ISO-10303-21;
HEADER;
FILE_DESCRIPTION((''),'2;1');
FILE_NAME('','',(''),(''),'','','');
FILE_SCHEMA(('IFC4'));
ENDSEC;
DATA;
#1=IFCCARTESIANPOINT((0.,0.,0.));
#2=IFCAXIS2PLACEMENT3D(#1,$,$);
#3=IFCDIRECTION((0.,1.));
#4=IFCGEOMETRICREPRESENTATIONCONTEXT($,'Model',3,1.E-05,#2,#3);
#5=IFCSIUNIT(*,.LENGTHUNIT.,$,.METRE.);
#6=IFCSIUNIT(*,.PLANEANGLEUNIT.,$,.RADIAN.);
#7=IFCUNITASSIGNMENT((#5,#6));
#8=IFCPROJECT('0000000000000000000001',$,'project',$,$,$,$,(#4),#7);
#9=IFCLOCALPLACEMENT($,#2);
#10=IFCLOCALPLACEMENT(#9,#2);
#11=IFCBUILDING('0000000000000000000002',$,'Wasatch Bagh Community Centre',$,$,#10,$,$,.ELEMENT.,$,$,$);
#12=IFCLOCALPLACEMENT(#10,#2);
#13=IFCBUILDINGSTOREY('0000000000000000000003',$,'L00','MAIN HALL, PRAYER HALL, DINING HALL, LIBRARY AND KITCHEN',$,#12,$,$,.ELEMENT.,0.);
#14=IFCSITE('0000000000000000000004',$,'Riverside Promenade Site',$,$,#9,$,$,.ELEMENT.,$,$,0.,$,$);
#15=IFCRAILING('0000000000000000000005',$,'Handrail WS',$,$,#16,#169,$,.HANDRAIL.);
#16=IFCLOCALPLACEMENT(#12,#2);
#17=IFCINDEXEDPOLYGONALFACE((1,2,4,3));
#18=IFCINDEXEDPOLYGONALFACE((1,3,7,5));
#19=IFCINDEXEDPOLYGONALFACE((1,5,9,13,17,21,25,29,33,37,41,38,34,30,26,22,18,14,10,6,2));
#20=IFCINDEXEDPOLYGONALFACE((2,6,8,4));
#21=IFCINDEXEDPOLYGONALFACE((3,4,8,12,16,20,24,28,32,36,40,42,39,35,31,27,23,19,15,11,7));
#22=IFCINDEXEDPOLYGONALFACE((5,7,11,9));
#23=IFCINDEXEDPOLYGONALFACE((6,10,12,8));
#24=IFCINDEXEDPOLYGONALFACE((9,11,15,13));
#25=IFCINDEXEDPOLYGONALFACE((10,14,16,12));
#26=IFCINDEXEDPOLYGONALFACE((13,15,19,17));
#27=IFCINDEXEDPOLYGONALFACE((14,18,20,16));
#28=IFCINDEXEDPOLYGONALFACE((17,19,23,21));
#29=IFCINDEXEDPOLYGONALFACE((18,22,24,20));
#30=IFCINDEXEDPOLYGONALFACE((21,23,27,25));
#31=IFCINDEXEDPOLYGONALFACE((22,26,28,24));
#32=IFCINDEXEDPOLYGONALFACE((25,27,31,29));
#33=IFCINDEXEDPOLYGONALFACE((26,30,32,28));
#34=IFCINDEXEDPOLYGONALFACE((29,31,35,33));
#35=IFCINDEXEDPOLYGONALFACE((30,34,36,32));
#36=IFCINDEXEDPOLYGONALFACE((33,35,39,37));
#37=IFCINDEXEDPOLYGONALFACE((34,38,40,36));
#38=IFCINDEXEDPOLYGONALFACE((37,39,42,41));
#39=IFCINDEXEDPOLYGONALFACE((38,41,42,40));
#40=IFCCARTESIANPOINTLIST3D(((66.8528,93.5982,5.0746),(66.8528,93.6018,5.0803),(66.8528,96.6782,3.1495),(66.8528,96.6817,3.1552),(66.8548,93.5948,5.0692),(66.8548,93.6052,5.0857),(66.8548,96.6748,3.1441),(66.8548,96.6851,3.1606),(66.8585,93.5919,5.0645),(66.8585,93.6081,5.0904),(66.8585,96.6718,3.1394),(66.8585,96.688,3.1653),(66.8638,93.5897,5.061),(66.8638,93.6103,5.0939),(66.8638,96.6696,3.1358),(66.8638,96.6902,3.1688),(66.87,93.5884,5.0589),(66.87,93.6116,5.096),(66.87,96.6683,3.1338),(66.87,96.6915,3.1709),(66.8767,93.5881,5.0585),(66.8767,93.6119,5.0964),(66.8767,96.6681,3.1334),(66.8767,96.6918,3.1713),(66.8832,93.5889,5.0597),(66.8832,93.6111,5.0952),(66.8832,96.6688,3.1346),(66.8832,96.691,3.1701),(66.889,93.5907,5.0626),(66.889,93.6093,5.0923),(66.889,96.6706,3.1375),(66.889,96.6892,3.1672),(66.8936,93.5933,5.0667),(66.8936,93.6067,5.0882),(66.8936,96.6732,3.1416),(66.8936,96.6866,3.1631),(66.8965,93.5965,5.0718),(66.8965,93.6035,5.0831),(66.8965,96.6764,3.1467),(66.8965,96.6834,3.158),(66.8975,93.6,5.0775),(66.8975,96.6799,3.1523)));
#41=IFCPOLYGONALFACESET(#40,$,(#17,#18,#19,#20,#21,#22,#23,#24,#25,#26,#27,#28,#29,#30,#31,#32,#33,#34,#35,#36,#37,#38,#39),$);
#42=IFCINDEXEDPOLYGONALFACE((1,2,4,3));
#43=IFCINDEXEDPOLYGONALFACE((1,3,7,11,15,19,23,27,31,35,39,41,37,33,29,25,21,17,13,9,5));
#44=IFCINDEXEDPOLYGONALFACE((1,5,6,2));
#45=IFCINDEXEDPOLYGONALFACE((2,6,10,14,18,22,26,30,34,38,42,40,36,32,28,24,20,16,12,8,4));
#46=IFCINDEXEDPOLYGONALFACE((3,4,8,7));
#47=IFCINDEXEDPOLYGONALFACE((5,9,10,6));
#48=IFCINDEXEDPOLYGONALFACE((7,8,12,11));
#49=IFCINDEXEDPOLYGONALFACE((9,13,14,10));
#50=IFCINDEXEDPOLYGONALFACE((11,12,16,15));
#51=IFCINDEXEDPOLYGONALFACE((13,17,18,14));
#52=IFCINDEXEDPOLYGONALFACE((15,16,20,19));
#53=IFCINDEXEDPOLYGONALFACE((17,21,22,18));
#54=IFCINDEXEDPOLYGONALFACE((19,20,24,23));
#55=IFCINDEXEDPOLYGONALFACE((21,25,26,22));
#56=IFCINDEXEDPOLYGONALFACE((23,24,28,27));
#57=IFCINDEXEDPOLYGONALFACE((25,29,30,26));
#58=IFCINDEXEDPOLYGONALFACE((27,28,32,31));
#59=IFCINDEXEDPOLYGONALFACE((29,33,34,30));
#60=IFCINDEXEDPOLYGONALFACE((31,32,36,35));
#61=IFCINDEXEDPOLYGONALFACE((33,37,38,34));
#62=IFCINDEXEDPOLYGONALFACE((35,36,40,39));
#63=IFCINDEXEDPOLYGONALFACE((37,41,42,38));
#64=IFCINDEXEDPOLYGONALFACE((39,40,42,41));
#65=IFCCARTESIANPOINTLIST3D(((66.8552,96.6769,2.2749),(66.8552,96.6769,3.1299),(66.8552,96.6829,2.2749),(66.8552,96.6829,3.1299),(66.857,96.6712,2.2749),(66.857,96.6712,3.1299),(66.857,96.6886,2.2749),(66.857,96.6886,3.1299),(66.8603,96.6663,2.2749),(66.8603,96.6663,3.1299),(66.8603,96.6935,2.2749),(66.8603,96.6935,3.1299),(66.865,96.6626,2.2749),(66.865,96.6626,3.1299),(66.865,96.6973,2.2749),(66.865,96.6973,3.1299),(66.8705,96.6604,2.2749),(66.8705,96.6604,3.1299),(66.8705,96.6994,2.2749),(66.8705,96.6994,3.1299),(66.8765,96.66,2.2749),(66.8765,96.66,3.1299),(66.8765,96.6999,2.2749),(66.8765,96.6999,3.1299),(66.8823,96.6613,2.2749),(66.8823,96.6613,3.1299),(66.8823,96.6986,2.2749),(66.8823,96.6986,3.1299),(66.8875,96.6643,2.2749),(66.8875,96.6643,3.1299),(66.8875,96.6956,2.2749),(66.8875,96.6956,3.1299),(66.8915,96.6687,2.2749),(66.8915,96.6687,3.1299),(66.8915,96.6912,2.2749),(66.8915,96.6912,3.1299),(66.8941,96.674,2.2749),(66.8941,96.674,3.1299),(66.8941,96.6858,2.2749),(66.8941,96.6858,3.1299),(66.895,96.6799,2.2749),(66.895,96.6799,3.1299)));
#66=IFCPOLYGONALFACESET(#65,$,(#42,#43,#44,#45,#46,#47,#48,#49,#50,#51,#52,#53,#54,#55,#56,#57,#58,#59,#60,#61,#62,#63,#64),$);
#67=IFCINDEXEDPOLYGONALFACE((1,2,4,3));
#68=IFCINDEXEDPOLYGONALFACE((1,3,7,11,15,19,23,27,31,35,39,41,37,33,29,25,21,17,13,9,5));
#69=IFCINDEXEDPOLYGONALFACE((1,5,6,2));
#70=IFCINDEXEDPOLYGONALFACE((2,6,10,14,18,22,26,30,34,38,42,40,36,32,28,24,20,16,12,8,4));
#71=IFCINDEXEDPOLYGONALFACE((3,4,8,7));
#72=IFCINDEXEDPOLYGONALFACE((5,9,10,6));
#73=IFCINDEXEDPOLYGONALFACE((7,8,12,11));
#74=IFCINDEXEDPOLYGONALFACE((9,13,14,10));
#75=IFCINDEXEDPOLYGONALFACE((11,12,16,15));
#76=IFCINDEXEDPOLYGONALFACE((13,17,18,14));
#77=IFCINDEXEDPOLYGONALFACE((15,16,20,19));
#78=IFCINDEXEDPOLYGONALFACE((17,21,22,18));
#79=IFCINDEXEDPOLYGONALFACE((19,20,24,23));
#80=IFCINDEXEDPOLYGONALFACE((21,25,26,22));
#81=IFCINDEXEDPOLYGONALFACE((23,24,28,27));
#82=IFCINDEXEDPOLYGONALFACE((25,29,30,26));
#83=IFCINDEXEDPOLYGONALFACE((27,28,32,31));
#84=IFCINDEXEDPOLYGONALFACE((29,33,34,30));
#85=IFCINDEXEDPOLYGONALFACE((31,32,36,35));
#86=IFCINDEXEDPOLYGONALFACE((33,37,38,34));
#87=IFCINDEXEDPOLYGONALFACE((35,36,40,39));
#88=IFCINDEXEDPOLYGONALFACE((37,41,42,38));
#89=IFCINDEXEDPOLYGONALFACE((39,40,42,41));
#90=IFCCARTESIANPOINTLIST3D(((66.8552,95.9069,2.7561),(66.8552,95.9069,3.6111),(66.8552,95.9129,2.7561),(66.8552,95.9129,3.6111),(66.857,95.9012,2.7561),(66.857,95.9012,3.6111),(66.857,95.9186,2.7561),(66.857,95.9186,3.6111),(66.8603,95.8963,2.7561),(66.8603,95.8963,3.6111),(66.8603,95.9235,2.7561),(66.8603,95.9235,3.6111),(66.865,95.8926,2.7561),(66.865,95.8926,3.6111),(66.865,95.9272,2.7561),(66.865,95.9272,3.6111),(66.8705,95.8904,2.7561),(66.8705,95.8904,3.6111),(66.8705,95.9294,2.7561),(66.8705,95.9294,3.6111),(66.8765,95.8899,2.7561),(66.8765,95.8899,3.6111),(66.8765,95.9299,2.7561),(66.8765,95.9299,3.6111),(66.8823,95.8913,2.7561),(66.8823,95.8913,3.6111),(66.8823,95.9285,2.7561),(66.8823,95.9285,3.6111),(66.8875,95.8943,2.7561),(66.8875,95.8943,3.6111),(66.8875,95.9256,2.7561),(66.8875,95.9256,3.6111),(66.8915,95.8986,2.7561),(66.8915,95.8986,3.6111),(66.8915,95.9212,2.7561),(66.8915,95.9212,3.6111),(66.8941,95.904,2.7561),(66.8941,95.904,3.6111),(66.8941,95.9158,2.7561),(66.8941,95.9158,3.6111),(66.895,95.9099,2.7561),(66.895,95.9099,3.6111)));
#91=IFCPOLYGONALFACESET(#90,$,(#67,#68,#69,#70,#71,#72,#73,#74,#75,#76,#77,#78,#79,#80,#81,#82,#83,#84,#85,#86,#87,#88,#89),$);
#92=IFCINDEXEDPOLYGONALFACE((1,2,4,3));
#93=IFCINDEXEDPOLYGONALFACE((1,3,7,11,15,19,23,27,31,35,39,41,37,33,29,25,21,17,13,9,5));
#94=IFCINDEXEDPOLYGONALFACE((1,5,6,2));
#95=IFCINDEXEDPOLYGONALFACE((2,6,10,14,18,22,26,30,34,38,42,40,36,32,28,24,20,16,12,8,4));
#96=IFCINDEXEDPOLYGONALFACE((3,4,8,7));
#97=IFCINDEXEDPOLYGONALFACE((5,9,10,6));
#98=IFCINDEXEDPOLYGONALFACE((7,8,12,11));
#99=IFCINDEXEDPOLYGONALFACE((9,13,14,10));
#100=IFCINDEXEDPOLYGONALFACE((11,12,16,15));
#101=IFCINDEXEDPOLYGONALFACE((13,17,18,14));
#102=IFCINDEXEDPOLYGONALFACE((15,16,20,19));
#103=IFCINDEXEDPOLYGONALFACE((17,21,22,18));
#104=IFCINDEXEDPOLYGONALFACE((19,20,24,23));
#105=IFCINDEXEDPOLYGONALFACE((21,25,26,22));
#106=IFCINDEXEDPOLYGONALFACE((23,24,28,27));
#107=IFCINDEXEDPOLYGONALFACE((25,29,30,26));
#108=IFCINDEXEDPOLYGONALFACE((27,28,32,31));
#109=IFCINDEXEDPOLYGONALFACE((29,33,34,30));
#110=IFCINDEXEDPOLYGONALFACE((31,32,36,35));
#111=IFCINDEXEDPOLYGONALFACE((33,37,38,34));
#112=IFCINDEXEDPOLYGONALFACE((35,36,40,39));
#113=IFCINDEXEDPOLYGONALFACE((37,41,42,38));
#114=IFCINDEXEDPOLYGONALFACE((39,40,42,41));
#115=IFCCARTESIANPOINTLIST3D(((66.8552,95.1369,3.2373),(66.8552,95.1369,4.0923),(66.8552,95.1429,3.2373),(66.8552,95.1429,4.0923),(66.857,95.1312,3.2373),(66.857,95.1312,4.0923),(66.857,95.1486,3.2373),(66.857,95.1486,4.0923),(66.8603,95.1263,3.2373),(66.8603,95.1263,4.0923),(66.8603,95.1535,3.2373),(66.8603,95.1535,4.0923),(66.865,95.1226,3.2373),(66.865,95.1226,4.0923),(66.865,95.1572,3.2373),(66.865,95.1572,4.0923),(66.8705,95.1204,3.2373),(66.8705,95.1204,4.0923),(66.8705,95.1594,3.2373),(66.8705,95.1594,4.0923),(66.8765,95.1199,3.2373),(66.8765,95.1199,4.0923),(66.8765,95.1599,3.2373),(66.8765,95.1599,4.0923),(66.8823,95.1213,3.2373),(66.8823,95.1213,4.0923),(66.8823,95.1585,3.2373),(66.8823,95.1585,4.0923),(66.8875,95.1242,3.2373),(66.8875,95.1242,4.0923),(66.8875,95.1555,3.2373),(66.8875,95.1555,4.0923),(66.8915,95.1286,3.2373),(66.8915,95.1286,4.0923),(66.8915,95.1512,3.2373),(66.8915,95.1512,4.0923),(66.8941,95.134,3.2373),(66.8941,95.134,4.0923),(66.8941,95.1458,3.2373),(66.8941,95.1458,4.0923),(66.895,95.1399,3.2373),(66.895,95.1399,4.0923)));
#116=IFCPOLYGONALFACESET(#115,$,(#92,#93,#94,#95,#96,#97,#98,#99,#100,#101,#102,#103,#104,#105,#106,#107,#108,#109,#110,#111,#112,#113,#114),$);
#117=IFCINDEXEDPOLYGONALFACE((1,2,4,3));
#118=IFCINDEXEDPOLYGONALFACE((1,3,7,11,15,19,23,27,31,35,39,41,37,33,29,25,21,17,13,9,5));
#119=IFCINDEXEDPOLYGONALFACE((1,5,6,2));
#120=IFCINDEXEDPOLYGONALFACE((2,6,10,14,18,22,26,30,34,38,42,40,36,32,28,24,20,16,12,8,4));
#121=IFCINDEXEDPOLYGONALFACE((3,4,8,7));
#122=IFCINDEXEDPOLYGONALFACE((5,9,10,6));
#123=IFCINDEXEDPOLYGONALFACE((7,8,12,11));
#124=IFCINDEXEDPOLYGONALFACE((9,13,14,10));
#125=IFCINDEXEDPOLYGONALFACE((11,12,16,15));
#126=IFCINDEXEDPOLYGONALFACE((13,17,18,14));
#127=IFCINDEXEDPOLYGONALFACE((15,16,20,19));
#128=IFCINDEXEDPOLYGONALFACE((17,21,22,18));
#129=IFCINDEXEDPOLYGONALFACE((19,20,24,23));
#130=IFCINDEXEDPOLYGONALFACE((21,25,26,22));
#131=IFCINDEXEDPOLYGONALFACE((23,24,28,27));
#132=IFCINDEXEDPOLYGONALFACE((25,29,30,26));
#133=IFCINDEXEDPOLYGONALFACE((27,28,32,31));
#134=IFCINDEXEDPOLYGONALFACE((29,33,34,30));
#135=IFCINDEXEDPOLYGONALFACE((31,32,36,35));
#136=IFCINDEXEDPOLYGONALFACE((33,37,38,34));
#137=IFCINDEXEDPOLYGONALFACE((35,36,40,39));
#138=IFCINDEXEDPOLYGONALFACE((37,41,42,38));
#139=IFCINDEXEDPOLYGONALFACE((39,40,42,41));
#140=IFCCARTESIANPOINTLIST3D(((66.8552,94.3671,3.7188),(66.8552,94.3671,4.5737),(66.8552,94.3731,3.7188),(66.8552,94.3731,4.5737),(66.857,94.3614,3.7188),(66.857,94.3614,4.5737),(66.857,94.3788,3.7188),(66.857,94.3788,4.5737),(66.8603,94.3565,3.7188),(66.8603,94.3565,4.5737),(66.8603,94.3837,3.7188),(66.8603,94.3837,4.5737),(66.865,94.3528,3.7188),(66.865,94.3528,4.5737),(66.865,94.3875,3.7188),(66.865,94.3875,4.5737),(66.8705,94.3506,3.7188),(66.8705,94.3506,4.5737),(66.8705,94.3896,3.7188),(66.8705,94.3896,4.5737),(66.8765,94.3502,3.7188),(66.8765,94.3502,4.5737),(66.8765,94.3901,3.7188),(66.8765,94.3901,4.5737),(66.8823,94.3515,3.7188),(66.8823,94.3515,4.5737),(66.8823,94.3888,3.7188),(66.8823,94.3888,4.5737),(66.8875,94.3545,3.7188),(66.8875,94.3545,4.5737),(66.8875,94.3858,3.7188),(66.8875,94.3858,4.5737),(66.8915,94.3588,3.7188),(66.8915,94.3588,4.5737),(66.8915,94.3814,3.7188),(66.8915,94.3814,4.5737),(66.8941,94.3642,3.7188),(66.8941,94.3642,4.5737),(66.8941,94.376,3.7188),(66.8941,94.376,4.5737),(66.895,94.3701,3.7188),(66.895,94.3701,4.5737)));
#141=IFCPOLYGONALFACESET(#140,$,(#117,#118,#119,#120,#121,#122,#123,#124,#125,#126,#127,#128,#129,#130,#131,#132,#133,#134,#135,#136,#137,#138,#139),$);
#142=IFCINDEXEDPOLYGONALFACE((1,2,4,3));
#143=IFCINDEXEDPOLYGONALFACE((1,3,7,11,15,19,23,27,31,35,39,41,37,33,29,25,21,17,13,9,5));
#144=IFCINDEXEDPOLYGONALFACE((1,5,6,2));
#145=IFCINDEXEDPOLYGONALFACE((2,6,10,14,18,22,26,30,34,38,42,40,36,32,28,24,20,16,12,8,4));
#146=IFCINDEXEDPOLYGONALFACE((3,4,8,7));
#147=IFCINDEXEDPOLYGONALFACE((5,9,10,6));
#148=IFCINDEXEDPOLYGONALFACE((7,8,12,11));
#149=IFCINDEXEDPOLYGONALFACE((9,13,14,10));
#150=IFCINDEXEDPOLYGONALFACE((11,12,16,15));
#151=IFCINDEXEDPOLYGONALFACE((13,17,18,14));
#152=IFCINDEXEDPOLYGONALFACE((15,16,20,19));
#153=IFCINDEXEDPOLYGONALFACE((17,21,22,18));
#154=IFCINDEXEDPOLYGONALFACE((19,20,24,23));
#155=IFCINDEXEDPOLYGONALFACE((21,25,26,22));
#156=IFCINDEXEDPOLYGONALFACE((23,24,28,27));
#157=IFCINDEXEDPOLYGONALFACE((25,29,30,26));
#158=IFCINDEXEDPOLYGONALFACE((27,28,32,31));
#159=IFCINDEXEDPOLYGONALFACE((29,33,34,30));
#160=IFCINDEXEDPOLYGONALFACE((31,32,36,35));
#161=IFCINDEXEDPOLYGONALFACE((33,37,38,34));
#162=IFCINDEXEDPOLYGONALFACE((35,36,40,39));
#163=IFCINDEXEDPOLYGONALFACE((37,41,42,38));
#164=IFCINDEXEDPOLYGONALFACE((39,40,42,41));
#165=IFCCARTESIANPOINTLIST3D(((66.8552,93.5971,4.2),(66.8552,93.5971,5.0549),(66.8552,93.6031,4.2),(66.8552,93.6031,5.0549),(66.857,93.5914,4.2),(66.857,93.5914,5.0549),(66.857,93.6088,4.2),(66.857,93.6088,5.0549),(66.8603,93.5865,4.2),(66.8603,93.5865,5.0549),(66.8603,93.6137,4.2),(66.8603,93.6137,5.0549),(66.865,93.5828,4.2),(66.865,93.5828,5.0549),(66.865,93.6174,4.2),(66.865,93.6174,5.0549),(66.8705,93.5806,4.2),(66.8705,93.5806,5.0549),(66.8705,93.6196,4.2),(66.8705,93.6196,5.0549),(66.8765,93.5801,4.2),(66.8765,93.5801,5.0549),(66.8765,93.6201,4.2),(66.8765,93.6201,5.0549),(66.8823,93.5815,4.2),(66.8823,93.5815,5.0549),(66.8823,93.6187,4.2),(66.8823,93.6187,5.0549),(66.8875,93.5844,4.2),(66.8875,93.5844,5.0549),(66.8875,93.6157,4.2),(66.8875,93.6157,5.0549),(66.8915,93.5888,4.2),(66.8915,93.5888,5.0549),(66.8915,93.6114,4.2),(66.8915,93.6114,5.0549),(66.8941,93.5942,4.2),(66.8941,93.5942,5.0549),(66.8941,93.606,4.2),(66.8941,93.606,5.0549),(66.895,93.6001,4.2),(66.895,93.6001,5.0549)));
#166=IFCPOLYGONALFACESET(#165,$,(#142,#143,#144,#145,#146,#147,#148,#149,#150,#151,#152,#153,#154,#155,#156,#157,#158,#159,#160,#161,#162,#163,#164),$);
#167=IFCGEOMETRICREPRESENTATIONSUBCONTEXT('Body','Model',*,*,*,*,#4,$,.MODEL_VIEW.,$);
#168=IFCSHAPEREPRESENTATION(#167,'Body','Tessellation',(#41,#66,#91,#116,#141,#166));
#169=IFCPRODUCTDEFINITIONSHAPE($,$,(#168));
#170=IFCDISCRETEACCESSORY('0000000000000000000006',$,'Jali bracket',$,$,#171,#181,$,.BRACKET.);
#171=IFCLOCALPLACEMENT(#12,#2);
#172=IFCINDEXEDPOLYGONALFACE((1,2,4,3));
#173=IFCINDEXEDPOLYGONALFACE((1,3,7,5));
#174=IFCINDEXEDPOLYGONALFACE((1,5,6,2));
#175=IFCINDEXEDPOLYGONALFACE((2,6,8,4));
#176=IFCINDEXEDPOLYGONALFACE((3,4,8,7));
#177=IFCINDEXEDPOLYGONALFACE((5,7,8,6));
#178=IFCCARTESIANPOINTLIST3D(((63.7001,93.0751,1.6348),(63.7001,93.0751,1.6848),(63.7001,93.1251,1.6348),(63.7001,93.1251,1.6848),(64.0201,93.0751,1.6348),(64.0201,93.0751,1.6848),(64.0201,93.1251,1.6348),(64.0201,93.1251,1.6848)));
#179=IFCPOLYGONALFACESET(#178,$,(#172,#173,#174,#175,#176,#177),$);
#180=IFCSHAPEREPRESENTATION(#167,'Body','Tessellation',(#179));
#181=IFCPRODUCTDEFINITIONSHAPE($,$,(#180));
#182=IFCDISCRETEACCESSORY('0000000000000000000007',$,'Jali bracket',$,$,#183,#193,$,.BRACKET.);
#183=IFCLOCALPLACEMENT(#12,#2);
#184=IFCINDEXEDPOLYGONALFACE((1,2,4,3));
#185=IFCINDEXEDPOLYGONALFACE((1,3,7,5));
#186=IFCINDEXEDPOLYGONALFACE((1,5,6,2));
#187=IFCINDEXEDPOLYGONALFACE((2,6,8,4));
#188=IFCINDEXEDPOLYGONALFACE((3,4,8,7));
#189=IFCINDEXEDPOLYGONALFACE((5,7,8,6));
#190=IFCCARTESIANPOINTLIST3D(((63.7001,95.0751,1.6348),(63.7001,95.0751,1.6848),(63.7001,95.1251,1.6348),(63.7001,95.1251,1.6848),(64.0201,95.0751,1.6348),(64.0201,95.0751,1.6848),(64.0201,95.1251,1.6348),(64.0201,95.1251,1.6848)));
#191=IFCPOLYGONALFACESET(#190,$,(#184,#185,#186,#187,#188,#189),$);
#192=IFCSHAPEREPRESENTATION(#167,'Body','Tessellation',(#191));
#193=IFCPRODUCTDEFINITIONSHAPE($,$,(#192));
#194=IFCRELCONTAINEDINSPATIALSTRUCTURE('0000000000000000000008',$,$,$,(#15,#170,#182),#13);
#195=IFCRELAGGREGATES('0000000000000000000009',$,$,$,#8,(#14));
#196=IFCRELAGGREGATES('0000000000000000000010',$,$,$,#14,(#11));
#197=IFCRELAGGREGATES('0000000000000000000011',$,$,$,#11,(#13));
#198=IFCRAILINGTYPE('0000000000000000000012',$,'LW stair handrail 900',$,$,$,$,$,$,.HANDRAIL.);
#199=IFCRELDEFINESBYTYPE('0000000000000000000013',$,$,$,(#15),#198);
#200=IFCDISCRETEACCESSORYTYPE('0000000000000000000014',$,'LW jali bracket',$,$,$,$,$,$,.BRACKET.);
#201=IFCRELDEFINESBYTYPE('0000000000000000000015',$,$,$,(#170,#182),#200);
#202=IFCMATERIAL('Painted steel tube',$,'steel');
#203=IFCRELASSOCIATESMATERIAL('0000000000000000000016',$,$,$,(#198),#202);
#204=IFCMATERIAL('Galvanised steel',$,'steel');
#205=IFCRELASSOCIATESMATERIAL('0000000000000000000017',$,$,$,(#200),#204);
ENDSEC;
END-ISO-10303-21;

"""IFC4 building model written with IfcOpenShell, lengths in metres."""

from ifc_helpers import new_model, si_unit, direction, frame, origin, origin_2d, place, context, subcontext, project, spatial, rectangle, circle, extrude, material, type_object, element, save


model = new_model("IFC4")

# Units and contexts
model_context = context("Model", 3, precision=1e-05, world=origin(), true_north=direction((0.0, 1.0)))
body_context = subcontext(model_context, "Body", "Model", "MODEL_VIEW")
ifc_project = project(units=[si_unit("LENGTHUNIT", "METRE"), si_unit("PLANEANGLEUNIT", "RADIAN")], contexts=[model_context])

# Site, building, storey
site_placement = place(None, origin())
site = spatial("IfcSite", under=ifc_project, at=site_placement, Name="Riverside Promenade Site", CompositionType="ELEMENT", RefElevation=0.0)
building_placement = place(site_placement, origin())
building = spatial("IfcBuilding", under=site, at=building_placement, Name="Wasatch Bagh Community Centre", CompositionType="ELEMENT")
storey_placement = place(building_placement, origin())
storey = spatial("IfcBuildingStorey", under=building, at=storey_placement, Name="L00", Description="MAIN HALL, PRAYER HALL, DINING HALL, LIBRARY AND KITCHEN", CompositionType="ELEMENT", Elevation=0.0)

# Railing
ifc_material_1 = material(Name="Painted steel tube", Category="steel")
railing_type_1 = type_object("IfcRailingType", Name="LW stair handrail 900", PredefinedType="HANDRAIL", material=ifc_material_1)
for number, where, name in (
    (1, (66.875, 96.6799, 2.2749), "Handrail WS"),
):
    element("IfcRailing", number, at=place(storey_placement, frame(where)), inside=storey, type_object=railing_type_1, Name=name, PredefinedType="HANDRAIL", context=body_context, shape_type="SweptSolid", body=[
        extrude(circle(Radius=0.0225, at=origin_2d()), frame((0.0, 0.0, 0.8774), z_axis=(0.0, -0.847979, 0.530029), x_axis=(1.0, 0.0, 0.0)), (0.0, 0.0, 1.0), 3.6321),
        extrude(circle(Radius=0.02, at=origin_2d()), origin(), (0.0, 0.0, 1.0), 0.855),
        extrude(circle(Radius=0.02, at=origin_2d()), frame((0.0, -0.77, 0.4812)), (0.0, 0.0, 1.0), 0.855),
        extrude(circle(Radius=0.02, at=origin_2d()), frame((0.0, -1.54, 0.9624)), (0.0, 0.0, 1.0), 0.855),
        extrude(circle(Radius=0.02, at=origin_2d()), frame((0.0, -2.3098, 1.4438)), (0.0, 0.0, 1.0), 0.855),
        extrude(circle(Radius=0.02, at=origin_2d()), frame((0.0, -3.0798, 1.925)), (0.0, 0.0, 1.0), 0.855),
    ])

# Discrete accessories
ifc_material_2 = material(Name="Galvanised steel", Category="steel")
discrete_accessory_type = type_object("IfcDiscreteAccessoryType", Name="LW jali bracket", PredefinedType="BRACKET", material=ifc_material_2)
for number, where, z_axis, x_axis, name in (
    (2, (63.8601, 93.1001, 1.6348), (0.0, 0.0, 1.0), (1.0, 0.0, 0.0), "Jali bracket"),
    (3, (63.8601, 95.1001, 1.6348), (0.0, 0.0, 1.0), (1.0, 0.0, 0.0), "Jali bracket"),
):
    element("IfcDiscreteAccessory", number, at=place(storey_placement, frame(where, z_axis=z_axis, x_axis=x_axis)), inside=storey, type_object=discrete_accessory_type, Name=name, PredefinedType="BRACKET", context=body_context, shape_type="SweptSolid", body=[
        extrude(rectangle(XDim=0.3201, YDim=0.05, at=origin_2d()), origin(), (0.0, 0.0, 1.0), 0.05),
    ])

save(model, "model.ifc")
